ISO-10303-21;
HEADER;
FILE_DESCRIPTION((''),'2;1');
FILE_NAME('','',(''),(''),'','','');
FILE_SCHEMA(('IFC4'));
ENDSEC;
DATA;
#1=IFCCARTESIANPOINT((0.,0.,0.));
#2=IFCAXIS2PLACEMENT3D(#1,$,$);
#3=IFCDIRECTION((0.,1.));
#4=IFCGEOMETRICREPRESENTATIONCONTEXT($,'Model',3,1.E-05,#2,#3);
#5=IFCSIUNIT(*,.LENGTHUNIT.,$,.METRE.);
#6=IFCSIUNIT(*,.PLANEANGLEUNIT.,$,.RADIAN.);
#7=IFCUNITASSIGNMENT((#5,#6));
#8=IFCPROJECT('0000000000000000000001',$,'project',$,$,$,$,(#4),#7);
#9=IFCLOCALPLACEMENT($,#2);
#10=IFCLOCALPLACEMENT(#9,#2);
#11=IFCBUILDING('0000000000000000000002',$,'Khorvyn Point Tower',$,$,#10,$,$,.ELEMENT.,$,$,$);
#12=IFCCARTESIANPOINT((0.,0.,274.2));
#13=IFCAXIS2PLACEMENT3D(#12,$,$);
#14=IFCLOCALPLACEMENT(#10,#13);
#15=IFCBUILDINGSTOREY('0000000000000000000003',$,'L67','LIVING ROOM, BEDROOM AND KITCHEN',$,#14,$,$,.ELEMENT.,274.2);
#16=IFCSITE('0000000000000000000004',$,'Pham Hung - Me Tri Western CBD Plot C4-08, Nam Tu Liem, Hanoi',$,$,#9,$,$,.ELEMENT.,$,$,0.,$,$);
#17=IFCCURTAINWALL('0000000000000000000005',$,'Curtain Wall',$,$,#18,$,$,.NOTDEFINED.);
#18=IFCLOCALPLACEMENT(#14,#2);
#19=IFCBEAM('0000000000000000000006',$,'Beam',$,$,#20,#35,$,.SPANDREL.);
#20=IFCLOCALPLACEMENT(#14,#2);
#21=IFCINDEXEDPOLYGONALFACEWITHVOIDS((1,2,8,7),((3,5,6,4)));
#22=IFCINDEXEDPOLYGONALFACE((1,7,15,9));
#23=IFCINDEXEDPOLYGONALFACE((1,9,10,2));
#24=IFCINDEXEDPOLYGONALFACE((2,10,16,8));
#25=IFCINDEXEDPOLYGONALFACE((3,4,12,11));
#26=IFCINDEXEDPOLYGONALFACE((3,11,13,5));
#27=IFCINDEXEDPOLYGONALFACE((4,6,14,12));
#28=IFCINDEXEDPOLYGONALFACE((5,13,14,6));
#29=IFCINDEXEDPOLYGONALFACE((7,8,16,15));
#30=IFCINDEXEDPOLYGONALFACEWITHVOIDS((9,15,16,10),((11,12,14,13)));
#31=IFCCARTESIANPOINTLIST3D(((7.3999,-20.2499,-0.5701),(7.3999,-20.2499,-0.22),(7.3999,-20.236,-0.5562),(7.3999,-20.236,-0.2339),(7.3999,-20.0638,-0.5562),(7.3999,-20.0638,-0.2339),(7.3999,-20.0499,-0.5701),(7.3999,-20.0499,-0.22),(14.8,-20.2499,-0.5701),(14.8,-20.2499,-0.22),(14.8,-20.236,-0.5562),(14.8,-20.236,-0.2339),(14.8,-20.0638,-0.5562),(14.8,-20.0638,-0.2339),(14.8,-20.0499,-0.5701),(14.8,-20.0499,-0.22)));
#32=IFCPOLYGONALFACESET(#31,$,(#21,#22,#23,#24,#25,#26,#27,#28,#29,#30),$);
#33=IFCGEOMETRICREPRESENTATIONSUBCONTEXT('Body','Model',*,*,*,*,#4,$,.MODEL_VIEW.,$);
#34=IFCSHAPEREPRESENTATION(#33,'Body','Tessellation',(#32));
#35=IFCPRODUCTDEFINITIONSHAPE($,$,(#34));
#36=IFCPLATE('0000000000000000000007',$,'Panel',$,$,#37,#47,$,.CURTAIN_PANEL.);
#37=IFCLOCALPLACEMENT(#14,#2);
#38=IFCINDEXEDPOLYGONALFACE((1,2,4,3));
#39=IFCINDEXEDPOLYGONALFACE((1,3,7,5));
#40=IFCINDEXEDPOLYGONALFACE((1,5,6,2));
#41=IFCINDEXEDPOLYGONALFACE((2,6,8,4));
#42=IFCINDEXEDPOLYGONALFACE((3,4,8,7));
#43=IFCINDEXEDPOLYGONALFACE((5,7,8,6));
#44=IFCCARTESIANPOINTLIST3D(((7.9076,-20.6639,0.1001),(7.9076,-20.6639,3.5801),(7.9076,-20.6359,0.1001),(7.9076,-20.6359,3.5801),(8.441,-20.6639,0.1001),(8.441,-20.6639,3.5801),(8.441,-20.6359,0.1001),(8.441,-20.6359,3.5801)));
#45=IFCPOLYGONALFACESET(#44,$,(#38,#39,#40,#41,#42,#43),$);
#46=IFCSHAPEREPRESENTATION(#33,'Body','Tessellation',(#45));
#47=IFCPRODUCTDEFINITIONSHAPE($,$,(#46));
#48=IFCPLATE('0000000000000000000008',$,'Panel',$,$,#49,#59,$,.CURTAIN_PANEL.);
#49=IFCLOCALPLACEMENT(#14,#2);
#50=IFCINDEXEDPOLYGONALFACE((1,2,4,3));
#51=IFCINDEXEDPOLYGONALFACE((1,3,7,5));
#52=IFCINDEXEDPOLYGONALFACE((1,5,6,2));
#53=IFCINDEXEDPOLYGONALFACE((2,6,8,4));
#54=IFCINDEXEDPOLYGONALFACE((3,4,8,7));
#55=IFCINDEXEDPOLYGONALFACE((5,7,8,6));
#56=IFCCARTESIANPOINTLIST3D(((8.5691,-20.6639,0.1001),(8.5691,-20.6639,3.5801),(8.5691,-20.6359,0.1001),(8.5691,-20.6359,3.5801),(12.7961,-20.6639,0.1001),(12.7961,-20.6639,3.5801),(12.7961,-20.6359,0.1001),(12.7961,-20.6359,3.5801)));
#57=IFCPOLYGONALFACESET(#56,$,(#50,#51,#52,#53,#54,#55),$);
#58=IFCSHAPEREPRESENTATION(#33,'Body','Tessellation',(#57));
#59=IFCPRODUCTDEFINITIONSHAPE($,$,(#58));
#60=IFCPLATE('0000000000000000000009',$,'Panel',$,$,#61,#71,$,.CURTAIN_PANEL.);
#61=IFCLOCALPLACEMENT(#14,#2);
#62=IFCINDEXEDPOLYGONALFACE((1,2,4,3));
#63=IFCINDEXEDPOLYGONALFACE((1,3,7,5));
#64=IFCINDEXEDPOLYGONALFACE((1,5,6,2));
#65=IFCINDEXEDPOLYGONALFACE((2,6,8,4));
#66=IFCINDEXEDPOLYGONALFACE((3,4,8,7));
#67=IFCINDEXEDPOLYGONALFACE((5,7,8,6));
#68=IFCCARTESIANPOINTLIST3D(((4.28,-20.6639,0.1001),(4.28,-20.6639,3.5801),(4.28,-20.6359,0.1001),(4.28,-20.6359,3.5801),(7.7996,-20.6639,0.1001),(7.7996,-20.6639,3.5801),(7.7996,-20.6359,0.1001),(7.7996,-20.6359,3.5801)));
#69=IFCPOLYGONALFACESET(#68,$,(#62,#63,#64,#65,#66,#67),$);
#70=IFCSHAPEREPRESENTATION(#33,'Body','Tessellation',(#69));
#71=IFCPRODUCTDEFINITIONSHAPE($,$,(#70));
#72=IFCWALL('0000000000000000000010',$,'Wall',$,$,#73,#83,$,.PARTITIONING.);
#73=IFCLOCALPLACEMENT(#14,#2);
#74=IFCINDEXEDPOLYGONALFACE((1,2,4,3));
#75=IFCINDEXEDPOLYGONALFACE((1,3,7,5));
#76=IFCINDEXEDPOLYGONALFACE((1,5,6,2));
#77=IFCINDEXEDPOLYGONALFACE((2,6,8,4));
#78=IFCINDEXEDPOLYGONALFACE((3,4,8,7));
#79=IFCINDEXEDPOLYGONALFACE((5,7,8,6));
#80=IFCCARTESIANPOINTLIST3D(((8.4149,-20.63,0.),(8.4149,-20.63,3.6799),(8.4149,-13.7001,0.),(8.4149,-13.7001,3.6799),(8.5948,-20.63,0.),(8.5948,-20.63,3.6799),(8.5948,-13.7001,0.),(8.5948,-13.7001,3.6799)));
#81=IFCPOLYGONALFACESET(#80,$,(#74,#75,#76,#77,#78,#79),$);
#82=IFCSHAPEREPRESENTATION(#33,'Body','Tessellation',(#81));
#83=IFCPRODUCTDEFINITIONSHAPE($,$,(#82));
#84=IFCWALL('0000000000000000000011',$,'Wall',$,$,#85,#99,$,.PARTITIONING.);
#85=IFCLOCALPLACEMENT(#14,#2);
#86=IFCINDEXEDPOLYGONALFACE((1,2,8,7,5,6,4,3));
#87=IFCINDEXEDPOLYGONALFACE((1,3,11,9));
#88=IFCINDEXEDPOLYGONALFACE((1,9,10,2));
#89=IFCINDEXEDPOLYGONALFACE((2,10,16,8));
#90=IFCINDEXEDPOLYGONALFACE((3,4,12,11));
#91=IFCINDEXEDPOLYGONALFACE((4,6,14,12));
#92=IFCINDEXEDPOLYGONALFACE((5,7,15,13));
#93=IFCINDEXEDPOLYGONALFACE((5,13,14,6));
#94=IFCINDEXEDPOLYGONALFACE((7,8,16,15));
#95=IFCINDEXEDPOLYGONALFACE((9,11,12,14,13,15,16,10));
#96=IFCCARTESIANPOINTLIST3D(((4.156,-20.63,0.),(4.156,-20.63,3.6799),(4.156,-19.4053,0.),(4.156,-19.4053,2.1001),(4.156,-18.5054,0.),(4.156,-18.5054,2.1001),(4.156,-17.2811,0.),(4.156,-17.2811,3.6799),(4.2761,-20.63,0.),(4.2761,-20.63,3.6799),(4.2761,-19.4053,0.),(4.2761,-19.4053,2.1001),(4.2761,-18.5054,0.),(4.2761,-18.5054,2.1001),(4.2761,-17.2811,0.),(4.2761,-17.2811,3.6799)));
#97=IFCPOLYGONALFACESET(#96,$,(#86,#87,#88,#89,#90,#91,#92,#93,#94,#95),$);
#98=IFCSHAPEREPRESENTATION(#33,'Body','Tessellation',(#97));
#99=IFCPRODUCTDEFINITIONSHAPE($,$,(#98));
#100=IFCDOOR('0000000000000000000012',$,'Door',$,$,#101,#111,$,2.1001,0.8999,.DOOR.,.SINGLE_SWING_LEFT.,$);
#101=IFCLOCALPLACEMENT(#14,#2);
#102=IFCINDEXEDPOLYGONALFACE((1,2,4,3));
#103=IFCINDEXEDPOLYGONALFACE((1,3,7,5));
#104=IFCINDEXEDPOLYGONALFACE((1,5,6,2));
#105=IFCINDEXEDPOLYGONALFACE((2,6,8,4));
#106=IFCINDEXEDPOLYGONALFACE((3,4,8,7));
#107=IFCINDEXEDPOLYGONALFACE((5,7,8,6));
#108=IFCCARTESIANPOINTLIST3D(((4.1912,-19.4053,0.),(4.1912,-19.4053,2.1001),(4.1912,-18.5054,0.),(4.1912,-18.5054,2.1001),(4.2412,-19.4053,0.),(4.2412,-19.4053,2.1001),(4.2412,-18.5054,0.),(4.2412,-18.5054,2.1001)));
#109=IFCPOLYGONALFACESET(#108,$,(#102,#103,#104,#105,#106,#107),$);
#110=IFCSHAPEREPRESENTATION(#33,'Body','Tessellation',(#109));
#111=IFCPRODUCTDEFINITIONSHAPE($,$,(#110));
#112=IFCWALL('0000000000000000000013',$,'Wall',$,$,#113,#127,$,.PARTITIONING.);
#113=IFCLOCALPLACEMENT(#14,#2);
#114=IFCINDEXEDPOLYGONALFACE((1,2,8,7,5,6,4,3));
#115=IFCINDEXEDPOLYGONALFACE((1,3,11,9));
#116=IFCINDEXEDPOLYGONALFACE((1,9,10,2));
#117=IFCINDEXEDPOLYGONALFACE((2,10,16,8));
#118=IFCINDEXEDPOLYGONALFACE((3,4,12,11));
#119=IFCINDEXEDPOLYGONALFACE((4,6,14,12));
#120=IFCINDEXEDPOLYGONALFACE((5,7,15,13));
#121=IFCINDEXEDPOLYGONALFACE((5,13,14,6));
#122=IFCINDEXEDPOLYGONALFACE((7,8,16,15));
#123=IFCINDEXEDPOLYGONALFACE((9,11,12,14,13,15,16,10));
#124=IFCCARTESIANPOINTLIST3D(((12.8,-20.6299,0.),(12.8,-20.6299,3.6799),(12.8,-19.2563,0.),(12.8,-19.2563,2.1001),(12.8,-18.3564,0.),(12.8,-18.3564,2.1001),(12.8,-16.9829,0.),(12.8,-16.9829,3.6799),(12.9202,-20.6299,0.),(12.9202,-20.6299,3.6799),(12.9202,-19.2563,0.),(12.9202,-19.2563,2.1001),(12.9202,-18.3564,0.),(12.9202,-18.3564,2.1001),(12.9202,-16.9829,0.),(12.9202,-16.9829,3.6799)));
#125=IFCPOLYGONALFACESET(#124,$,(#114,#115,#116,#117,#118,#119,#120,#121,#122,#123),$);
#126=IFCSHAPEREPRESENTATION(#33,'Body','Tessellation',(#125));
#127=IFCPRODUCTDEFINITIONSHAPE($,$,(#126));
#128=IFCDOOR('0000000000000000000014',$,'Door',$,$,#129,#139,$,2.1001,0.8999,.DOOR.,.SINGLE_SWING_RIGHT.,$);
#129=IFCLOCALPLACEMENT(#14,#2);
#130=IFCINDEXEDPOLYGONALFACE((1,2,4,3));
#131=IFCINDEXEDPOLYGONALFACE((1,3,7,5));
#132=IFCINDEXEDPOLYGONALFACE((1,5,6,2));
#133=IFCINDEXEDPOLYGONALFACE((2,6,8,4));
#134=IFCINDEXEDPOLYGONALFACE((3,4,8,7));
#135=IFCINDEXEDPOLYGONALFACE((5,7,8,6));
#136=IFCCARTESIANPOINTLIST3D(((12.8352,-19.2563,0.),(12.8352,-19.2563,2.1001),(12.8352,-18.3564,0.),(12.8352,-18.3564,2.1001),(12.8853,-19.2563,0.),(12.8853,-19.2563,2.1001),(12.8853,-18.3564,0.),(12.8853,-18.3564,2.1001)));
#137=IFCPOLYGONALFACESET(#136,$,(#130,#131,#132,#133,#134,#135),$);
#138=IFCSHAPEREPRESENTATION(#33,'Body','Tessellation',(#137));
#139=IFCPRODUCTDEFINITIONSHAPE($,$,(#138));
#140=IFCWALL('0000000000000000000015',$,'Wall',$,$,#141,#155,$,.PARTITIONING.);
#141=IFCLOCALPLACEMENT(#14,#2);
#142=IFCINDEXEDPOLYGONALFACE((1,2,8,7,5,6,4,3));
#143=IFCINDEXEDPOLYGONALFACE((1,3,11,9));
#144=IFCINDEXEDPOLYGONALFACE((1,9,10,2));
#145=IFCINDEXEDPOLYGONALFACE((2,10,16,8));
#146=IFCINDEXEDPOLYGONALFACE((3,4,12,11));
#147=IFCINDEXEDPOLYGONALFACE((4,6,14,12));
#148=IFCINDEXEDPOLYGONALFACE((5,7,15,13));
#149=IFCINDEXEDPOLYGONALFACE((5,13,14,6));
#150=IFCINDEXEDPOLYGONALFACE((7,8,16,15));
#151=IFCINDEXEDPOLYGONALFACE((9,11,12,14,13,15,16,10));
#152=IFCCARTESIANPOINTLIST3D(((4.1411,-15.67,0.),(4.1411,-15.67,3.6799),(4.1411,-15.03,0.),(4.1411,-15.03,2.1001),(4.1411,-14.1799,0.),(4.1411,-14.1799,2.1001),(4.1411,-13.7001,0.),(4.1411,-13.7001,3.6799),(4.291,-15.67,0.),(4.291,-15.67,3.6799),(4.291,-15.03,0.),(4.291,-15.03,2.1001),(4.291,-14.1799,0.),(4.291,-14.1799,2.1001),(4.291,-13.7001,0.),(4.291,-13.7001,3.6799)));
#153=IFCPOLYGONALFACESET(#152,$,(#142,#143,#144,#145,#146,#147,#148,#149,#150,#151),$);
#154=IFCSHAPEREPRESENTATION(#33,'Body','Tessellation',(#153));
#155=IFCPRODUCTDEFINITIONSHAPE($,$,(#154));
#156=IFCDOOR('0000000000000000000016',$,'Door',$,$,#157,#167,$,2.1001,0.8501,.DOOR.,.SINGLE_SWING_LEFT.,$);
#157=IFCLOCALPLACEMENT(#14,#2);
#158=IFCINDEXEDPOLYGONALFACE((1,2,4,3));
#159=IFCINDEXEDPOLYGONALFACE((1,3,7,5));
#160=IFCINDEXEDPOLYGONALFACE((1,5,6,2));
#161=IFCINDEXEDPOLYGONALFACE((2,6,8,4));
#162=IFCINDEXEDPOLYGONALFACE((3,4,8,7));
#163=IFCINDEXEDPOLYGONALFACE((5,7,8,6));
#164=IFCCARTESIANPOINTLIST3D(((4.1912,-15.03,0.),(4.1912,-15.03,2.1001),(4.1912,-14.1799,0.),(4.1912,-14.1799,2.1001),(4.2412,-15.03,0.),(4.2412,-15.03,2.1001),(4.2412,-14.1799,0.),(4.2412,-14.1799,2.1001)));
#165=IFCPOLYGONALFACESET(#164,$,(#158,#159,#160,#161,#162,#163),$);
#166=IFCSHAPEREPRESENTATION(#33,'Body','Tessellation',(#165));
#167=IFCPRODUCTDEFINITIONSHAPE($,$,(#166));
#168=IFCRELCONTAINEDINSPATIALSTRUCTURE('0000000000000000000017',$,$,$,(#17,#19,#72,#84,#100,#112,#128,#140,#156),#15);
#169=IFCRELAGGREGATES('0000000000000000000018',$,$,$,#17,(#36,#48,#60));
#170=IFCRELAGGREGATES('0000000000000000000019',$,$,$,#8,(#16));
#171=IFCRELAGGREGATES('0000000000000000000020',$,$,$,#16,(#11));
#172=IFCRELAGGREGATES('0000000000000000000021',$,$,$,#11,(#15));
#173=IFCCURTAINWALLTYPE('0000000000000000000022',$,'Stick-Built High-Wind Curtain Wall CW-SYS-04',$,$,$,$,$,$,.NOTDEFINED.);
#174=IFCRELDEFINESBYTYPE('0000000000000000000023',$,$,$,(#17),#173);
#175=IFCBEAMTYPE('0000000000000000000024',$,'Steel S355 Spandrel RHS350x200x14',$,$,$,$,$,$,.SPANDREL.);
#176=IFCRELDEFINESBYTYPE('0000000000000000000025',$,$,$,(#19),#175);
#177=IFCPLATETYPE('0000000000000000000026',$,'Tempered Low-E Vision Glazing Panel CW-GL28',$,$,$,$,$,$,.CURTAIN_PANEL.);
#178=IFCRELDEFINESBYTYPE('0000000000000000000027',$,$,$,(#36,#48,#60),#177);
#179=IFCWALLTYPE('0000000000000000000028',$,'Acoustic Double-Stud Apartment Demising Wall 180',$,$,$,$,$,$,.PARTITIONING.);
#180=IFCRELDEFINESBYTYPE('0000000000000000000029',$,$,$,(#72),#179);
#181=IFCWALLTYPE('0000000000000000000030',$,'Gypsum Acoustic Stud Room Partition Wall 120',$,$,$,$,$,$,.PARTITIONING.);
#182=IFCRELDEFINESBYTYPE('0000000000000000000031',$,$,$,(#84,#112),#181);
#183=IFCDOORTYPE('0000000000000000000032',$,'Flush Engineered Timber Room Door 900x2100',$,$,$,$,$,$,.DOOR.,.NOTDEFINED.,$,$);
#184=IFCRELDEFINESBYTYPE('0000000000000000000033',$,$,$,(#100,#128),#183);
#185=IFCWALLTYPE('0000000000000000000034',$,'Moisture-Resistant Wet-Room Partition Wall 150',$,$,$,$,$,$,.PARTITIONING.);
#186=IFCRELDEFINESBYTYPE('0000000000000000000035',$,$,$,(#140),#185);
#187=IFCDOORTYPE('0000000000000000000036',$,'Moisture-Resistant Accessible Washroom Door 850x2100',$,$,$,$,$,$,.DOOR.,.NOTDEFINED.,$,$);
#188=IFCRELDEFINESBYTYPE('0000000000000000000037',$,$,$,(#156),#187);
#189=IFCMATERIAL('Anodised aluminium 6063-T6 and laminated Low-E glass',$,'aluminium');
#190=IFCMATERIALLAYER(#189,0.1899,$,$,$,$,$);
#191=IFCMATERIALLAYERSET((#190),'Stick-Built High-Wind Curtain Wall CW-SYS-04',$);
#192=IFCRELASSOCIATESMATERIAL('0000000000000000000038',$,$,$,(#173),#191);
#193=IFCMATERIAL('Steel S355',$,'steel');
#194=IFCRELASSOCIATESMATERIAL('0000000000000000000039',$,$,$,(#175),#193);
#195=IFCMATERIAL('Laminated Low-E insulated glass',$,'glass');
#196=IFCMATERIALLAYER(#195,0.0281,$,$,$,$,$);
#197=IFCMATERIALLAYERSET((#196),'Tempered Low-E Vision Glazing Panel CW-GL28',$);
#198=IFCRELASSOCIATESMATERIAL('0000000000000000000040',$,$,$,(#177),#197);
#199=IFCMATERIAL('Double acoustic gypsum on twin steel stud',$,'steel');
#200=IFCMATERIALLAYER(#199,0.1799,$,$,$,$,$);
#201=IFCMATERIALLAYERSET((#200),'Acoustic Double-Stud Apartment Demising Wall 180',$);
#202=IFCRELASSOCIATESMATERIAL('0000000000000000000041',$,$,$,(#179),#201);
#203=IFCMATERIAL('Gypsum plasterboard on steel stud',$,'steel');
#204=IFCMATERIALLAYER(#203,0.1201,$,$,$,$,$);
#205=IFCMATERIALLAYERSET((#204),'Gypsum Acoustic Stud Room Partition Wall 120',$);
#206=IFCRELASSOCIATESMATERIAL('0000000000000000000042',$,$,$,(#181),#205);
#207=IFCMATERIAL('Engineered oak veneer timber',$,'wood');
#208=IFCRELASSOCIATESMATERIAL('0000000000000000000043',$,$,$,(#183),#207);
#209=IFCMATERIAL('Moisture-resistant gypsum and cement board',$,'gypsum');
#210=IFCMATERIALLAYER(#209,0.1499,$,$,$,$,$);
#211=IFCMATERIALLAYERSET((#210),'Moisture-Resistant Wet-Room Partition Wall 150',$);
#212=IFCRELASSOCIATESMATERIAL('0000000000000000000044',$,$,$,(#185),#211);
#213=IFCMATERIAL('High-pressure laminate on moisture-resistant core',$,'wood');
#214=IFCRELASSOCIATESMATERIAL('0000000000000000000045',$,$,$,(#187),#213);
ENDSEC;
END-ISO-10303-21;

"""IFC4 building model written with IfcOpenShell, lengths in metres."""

from ifc_helpers import new_model, si_unit, direction, frame, frame_2d, origin, origin_2d, place, context, subcontext, project, spatial, rectangle, hollow_rectangle, extrude, material, layer, layer_set, material_profile, profile_set, type_object, element, fill, aggregate, save


model = new_model("IFC4")

# Units and contexts
model_context = context("Model", 3, precision=1e-05, world=origin(), true_north=direction((0.0, 1.0)))
body_context = subcontext(model_context, "Body", "Model", "MODEL_VIEW")
ifc_project = project(units=[si_unit("LENGTHUNIT", "METRE"), si_unit("PLANEANGLEUNIT", "RADIAN")], contexts=[model_context])

# Site, building, storey
site_placement = place(None, origin())
site = spatial("IfcSite", under=ifc_project, at=site_placement, Name="Pham Hung - Me Tri Western CBD Plot C4-08, Nam Tu Liem, Hanoi", CompositionType="ELEMENT", RefElevation=0.0)
building_placement = place(site_placement, origin())
building = spatial("IfcBuilding", under=site, at=building_placement, Name="Khorvyn Point Tower", CompositionType="ELEMENT")
storey_placement = place(building_placement, frame((0.0, 0.0, 274.2)))
storey = spatial("IfcBuildingStorey", under=building, at=storey_placement, Name="L67", Description="LIVING ROOM, BEDROOM AND KITCHEN", CompositionType="ELEMENT", Elevation=274.2)

# Shared definitions
ifc_material_1 = material(Name="Steel S355", Category="steel")

# Curtain wall
ifc_material_2 = material(Name="Anodised aluminium 6063-T6 and laminated Low-E glass", Category="aluminium")
ifc_layer_1 = layer(ifc_material_2, 0.1899)
ifc_layer_set_1 = layer_set([ifc_layer_1], Name="Stick-Built High-Wind Curtain Wall CW-SYS-04")
curtain_wall_type = type_object("IfcCurtainWallType", Name="Stick-Built High-Wind Curtain Wall CW-SYS-04", PredefinedType="NOTDEFINED", material=ifc_layer_set_1)
curtain_wall_placement = place(storey_placement, origin())
curtain_wall = element("IfcCurtainWall", 1, at=curtain_wall_placement, inside=storey, type_object=curtain_wall_type, Name="Curtain Wall", PredefinedType="NOTDEFINED")

# Beam
ifc_material_profile_1 = material_profile(ifc_material_1, hollow_rectangle(XDim=0.2, YDim=0.3501, WallThickness=0.0139, at=origin_2d()))
ifc_profile_set_1 = profile_set([ifc_material_profile_1], Name="Steel S355 RHS350x200x14")
beam_type_1 = type_object("IfcBeamType", Name="Steel S355 Spandrel RHS350x200x14", PredefinedType="SPANDREL", material=ifc_profile_set_1)
beam_1_placement = place(storey_placement, frame((7.3999, -20.1499, -0.395), z_axis=(1.0, 0.0, 0.0), x_axis=(0.0, 1.0, 0.0)))
element("IfcBeam", 2, at=beam_1_placement, inside=storey, type_object=beam_type_1, Name="Beam", PredefinedType="SPANDREL", context=body_context, shape_type="SweptSolid", body=[
    extrude(hollow_rectangle(XDim=0.2, YDim=0.3501, WallThickness=0.0139, at=origin_2d()), origin(), (0.0, 0.0, 1.0), 7.4001),
])

# Plates
ifc_material_3 = material(Name="Laminated Low-E insulated glass", Category="glass")
ifc_layer_2 = layer(ifc_material_3, 0.0281)
ifc_layer_set_2 = layer_set([ifc_layer_2], Name="Tempered Low-E Vision Glazing Panel CW-GL28")
plate_type = type_object("IfcPlateType", Name="Tempered Low-E Vision Glazing Panel CW-GL28", PredefinedType="CURTAIN_PANEL", material=ifc_layer_set_2)
plate_1_placement = place(storey_placement, frame((8.1743, -20.6499, 0.1001), z_axis=(0.0, 0.0, 1.0), x_axis=(-1.0, 0.0, 0.0)))
plate_1 = element("IfcPlate", 3, at=plate_1_placement, type_object=plate_type, Name="Panel", PredefinedType="CURTAIN_PANEL", context=body_context, shape_type="SweptSolid", body=[
    extrude(rectangle(XDim=0.5334, YDim=0.0281, at=origin_2d()), origin(), (0.0, 0.0, 1.0), 3.48),
])
plate_2_placement = place(storey_placement, frame((10.6826, -20.6499, 0.1001), z_axis=(0.0, 0.0, 1.0), x_axis=(-1.0, 0.0, 0.0)))
plate_2 = element("IfcPlate", 4, at=plate_2_placement, type_object=plate_type, Name="Panel", PredefinedType="CURTAIN_PANEL", context=body_context, shape_type="SweptSolid", body=[
    extrude(rectangle(XDim=4.2271, YDim=0.0281, at=origin_2d()), origin(), (0.0, 0.0, 1.0), 3.48),
])
plate_3_placement = place(storey_placement, frame((6.0398, -20.6499, 0.1001), z_axis=(0.0, 0.0, 1.0), x_axis=(-1.0, 0.0, 0.0)))
plate_3 = element("IfcPlate", 5, at=plate_3_placement, type_object=plate_type, Name="Panel", PredefinedType="CURTAIN_PANEL", context=body_context, shape_type="SweptSolid", body=[
    extrude(rectangle(XDim=3.5195, YDim=0.0281, at=origin_2d()), origin(), (0.0, 0.0, 1.0), 3.48),
])
aggregate(curtain_wall, [plate_1, plate_2, plate_3])

# Wall
ifc_material_4 = material(Name="Double acoustic gypsum on twin steel stud", Category="steel")
ifc_layer_3 = layer(ifc_material_4, 0.1799)
ifc_layer_set_3 = layer_set([ifc_layer_3], Name="Acoustic Double-Stud Apartment Demising Wall 180")
wall_type_1 = type_object("IfcWallType", Name="Acoustic Double-Stud Apartment Demising Wall 180", PredefinedType="PARTITIONING", material=ifc_layer_set_3)
wall_1_placement = place(storey_placement, frame((8.5049, -20.6299, 0.0), z_axis=(0.0, 0.0, 1.0), x_axis=(0.0, 1.0, 0.0)))
element("IfcWall", 6, at=wall_1_placement, inside=storey, type_object=wall_type_1, Name="Wall", PredefinedType="PARTITIONING", context=body_context, shape_type="SweptSolid", body=[
    extrude(rectangle(XDim=6.9299, YDim=0.1799, at=frame_2d((3.4648, 0.0))), origin(), (0.0, 0.0, 1.0), 3.6799),
])

# Walls, openings, doors
ifc_material_5 = material(Name="Gypsum plasterboard on steel stud", Category="steel")
ifc_layer_4 = layer(ifc_material_5, 0.1201)
ifc_layer_set_4 = layer_set([ifc_layer_4], Name="Gypsum Acoustic Stud Room Partition Wall 120")
wall_type_2 = type_object("IfcWallType", Name="Gypsum Acoustic Stud Room Partition Wall 120", PredefinedType="PARTITIONING", material=ifc_layer_set_4)
wall_2_placement = place(storey_placement, frame((4.2161, -20.6299, 0.0), z_axis=(0.0, 0.0, 1.0), x_axis=(0.0, 1.0, 0.0)))
wall_2 = element("IfcWall", 7, at=wall_2_placement, inside=storey, type_object=wall_type_2, Name="Wall", PredefinedType="PARTITIONING", context=body_context, shape_type="SweptSolid", body=[
    extrude(rectangle(XDim=3.3489, YDim=0.1201, at=frame_2d((1.6743, 0.0))), origin(), (0.0, 0.0, 1.0), 3.6799),
])
opening_1_placement = place(wall_2_placement, frame((1.2246, 0.0, 0.0)))
opening_1 = element("IfcOpeningElement", 8, at=opening_1_placement, cuts=wall_2, PredefinedType="OPENING", context=body_context, shape_type="SweptSolid", body=[
    extrude(rectangle(XDim=0.8999, YDim=2.1001, at=frame_2d((0.45, 1.05))), frame((0.0, 0.0701, 0.0), z_axis=(0.0, -1.0, 0.0), x_axis=(1.0, 0.0, 0.0)), (0.0, 0.0, 1.0), 0.1401),
])
ifc_material_6 = material(Name="Engineered oak veneer timber", Category="wood")
door_type_1 = type_object("IfcDoorType", Name="Flush Engineered Timber Room Door 900x2100", OperationType="NOTDEFINED", PredefinedType="DOOR", material=ifc_material_6)
door_1_placement = place(opening_1_placement, origin())
door_1 = element("IfcDoor", 9, at=door_1_placement, inside=storey, type_object=door_type_1, Name="Door", OperationType="SINGLE_SWING_LEFT", OverallHeight=2.1001, OverallWidth=0.8999, PredefinedType="DOOR", context=body_context, shape_type="SweptSolid", body=[
    extrude(rectangle(XDim=0.8999, YDim=2.1001, at=frame_2d((0.45, 1.05))), frame((0.0, 0.0249, 0.0), z_axis=(0.0, -1.0, 0.0), x_axis=(1.0, 0.0, 0.0)), (0.0, 0.0, 1.0), 0.05),
])
fill(opening_1, door_1)
wall_3_placement = place(storey_placement, frame((12.8601, -20.6299, 0.0), z_axis=(0.0, 0.0, 1.0), x_axis=(0.0, 1.0, 0.0)))
wall_3 = element("IfcWall", 10, at=wall_3_placement, inside=storey, type_object=wall_type_2, Name="Wall", PredefinedType="PARTITIONING", context=body_context, shape_type="SweptSolid", body=[
    extrude(rectangle(XDim=3.647, YDim=0.1201, at=frame_2d((1.8235, 0.0))), origin(), (0.0, 0.0, 1.0), 3.6799),
])
opening_2_placement = place(wall_3_placement, frame((1.3735, 0.0, 0.0)))
opening_2 = element("IfcOpeningElement", 11, at=opening_2_placement, cuts=wall_3, PredefinedType="OPENING", context=body_context, shape_type="SweptSolid", body=[
    extrude(rectangle(XDim=0.8999, YDim=2.1001, at=frame_2d((0.45, 1.05))), frame((0.0, 0.0701, 0.0), z_axis=(0.0, -1.0, 0.0), x_axis=(1.0, 0.0, 0.0)), (0.0, 0.0, 1.0), 0.1401),
])
door_2_placement = place(opening_2_placement, origin())
door_2 = element("IfcDoor", 12, at=door_2_placement, inside=storey, type_object=door_type_1, Name="Door", OperationType="SINGLE_SWING_RIGHT", OverallHeight=2.1001, OverallWidth=0.8999, PredefinedType="DOOR", context=body_context, shape_type="SweptSolid", body=[
    extrude(rectangle(XDim=0.8999, YDim=2.1001, at=frame_2d((0.45, 1.05))), frame((0.0, 0.0249, 0.0), z_axis=(0.0, -1.0, 0.0), x_axis=(1.0, 0.0, 0.0)), (0.0, 0.0, 1.0), 0.05),
])
fill(opening_2, door_2)
ifc_material_7 = material(Name="Moisture-resistant gypsum and cement board", Category="gypsum")
ifc_layer_5 = layer(ifc_material_7, 0.1499)
ifc_layer_set_5 = layer_set([ifc_layer_5], Name="Moisture-Resistant Wet-Room Partition Wall 150")
wall_type_3 = type_object("IfcWallType", Name="Moisture-Resistant Wet-Room Partition Wall 150", PredefinedType="PARTITIONING", material=ifc_layer_set_5)
wall_4_placement = place(storey_placement, frame((4.2161, -15.6699, 0.0), z_axis=(0.0, 0.0, 1.0), x_axis=(0.0, 1.0, 0.0)))
wall_4 = element("IfcWall", 13, at=wall_4_placement, inside=storey, type_object=wall_type_3, Name="Wall", PredefinedType="PARTITIONING", context=body_context, shape_type="SweptSolid", body=[
    extrude(rectangle(XDim=1.97, YDim=0.1499, at=frame_2d((0.9849, 0.0))), origin(), (0.0, 0.0, 1.0), 3.6799),
])
opening_3_placement = place(wall_4_placement, frame((0.6399, 0.0, 0.0)))
opening_3 = element("IfcOpeningElement", 14, at=opening_3_placement, cuts=wall_4, PredefinedType="OPENING", context=body_context, shape_type="SweptSolid", body=[
    extrude(rectangle(XDim=0.8501, YDim=2.1001, at=frame_2d((0.425, 1.05))), frame((0.0, 0.085, 0.0), z_axis=(0.0, -1.0, 0.0), x_axis=(1.0, 0.0, 0.0)), (0.0, 0.0, 1.0), 0.1699),
])
ifc_material_8 = material(Name="High-pressure laminate on moisture-resistant core", Category="wood")
door_type_2 = type_object("IfcDoorType", Name="Moisture-Resistant Accessible Washroom Door 850x2100", OperationType="NOTDEFINED", PredefinedType="DOOR", material=ifc_material_8)
door_3_placement = place(opening_3_placement, origin())
door_3 = element("IfcDoor", 15, at=door_3_placement, inside=storey, type_object=door_type_2, Name="Door", OperationType="SINGLE_SWING_LEFT", OverallHeight=2.1001, OverallWidth=0.8501, PredefinedType="DOOR", context=body_context, shape_type="SweptSolid", body=[
    extrude(rectangle(XDim=0.8501, YDim=2.1001, at=frame_2d((0.425, 1.05))), frame((0.0, 0.0249, 0.0), z_axis=(0.0, -1.0, 0.0), x_axis=(1.0, 0.0, 0.0)), (0.0, 0.0, 1.0), 0.05),
])
fill(opening_3, door_3)

save(model, "model.ifc")
